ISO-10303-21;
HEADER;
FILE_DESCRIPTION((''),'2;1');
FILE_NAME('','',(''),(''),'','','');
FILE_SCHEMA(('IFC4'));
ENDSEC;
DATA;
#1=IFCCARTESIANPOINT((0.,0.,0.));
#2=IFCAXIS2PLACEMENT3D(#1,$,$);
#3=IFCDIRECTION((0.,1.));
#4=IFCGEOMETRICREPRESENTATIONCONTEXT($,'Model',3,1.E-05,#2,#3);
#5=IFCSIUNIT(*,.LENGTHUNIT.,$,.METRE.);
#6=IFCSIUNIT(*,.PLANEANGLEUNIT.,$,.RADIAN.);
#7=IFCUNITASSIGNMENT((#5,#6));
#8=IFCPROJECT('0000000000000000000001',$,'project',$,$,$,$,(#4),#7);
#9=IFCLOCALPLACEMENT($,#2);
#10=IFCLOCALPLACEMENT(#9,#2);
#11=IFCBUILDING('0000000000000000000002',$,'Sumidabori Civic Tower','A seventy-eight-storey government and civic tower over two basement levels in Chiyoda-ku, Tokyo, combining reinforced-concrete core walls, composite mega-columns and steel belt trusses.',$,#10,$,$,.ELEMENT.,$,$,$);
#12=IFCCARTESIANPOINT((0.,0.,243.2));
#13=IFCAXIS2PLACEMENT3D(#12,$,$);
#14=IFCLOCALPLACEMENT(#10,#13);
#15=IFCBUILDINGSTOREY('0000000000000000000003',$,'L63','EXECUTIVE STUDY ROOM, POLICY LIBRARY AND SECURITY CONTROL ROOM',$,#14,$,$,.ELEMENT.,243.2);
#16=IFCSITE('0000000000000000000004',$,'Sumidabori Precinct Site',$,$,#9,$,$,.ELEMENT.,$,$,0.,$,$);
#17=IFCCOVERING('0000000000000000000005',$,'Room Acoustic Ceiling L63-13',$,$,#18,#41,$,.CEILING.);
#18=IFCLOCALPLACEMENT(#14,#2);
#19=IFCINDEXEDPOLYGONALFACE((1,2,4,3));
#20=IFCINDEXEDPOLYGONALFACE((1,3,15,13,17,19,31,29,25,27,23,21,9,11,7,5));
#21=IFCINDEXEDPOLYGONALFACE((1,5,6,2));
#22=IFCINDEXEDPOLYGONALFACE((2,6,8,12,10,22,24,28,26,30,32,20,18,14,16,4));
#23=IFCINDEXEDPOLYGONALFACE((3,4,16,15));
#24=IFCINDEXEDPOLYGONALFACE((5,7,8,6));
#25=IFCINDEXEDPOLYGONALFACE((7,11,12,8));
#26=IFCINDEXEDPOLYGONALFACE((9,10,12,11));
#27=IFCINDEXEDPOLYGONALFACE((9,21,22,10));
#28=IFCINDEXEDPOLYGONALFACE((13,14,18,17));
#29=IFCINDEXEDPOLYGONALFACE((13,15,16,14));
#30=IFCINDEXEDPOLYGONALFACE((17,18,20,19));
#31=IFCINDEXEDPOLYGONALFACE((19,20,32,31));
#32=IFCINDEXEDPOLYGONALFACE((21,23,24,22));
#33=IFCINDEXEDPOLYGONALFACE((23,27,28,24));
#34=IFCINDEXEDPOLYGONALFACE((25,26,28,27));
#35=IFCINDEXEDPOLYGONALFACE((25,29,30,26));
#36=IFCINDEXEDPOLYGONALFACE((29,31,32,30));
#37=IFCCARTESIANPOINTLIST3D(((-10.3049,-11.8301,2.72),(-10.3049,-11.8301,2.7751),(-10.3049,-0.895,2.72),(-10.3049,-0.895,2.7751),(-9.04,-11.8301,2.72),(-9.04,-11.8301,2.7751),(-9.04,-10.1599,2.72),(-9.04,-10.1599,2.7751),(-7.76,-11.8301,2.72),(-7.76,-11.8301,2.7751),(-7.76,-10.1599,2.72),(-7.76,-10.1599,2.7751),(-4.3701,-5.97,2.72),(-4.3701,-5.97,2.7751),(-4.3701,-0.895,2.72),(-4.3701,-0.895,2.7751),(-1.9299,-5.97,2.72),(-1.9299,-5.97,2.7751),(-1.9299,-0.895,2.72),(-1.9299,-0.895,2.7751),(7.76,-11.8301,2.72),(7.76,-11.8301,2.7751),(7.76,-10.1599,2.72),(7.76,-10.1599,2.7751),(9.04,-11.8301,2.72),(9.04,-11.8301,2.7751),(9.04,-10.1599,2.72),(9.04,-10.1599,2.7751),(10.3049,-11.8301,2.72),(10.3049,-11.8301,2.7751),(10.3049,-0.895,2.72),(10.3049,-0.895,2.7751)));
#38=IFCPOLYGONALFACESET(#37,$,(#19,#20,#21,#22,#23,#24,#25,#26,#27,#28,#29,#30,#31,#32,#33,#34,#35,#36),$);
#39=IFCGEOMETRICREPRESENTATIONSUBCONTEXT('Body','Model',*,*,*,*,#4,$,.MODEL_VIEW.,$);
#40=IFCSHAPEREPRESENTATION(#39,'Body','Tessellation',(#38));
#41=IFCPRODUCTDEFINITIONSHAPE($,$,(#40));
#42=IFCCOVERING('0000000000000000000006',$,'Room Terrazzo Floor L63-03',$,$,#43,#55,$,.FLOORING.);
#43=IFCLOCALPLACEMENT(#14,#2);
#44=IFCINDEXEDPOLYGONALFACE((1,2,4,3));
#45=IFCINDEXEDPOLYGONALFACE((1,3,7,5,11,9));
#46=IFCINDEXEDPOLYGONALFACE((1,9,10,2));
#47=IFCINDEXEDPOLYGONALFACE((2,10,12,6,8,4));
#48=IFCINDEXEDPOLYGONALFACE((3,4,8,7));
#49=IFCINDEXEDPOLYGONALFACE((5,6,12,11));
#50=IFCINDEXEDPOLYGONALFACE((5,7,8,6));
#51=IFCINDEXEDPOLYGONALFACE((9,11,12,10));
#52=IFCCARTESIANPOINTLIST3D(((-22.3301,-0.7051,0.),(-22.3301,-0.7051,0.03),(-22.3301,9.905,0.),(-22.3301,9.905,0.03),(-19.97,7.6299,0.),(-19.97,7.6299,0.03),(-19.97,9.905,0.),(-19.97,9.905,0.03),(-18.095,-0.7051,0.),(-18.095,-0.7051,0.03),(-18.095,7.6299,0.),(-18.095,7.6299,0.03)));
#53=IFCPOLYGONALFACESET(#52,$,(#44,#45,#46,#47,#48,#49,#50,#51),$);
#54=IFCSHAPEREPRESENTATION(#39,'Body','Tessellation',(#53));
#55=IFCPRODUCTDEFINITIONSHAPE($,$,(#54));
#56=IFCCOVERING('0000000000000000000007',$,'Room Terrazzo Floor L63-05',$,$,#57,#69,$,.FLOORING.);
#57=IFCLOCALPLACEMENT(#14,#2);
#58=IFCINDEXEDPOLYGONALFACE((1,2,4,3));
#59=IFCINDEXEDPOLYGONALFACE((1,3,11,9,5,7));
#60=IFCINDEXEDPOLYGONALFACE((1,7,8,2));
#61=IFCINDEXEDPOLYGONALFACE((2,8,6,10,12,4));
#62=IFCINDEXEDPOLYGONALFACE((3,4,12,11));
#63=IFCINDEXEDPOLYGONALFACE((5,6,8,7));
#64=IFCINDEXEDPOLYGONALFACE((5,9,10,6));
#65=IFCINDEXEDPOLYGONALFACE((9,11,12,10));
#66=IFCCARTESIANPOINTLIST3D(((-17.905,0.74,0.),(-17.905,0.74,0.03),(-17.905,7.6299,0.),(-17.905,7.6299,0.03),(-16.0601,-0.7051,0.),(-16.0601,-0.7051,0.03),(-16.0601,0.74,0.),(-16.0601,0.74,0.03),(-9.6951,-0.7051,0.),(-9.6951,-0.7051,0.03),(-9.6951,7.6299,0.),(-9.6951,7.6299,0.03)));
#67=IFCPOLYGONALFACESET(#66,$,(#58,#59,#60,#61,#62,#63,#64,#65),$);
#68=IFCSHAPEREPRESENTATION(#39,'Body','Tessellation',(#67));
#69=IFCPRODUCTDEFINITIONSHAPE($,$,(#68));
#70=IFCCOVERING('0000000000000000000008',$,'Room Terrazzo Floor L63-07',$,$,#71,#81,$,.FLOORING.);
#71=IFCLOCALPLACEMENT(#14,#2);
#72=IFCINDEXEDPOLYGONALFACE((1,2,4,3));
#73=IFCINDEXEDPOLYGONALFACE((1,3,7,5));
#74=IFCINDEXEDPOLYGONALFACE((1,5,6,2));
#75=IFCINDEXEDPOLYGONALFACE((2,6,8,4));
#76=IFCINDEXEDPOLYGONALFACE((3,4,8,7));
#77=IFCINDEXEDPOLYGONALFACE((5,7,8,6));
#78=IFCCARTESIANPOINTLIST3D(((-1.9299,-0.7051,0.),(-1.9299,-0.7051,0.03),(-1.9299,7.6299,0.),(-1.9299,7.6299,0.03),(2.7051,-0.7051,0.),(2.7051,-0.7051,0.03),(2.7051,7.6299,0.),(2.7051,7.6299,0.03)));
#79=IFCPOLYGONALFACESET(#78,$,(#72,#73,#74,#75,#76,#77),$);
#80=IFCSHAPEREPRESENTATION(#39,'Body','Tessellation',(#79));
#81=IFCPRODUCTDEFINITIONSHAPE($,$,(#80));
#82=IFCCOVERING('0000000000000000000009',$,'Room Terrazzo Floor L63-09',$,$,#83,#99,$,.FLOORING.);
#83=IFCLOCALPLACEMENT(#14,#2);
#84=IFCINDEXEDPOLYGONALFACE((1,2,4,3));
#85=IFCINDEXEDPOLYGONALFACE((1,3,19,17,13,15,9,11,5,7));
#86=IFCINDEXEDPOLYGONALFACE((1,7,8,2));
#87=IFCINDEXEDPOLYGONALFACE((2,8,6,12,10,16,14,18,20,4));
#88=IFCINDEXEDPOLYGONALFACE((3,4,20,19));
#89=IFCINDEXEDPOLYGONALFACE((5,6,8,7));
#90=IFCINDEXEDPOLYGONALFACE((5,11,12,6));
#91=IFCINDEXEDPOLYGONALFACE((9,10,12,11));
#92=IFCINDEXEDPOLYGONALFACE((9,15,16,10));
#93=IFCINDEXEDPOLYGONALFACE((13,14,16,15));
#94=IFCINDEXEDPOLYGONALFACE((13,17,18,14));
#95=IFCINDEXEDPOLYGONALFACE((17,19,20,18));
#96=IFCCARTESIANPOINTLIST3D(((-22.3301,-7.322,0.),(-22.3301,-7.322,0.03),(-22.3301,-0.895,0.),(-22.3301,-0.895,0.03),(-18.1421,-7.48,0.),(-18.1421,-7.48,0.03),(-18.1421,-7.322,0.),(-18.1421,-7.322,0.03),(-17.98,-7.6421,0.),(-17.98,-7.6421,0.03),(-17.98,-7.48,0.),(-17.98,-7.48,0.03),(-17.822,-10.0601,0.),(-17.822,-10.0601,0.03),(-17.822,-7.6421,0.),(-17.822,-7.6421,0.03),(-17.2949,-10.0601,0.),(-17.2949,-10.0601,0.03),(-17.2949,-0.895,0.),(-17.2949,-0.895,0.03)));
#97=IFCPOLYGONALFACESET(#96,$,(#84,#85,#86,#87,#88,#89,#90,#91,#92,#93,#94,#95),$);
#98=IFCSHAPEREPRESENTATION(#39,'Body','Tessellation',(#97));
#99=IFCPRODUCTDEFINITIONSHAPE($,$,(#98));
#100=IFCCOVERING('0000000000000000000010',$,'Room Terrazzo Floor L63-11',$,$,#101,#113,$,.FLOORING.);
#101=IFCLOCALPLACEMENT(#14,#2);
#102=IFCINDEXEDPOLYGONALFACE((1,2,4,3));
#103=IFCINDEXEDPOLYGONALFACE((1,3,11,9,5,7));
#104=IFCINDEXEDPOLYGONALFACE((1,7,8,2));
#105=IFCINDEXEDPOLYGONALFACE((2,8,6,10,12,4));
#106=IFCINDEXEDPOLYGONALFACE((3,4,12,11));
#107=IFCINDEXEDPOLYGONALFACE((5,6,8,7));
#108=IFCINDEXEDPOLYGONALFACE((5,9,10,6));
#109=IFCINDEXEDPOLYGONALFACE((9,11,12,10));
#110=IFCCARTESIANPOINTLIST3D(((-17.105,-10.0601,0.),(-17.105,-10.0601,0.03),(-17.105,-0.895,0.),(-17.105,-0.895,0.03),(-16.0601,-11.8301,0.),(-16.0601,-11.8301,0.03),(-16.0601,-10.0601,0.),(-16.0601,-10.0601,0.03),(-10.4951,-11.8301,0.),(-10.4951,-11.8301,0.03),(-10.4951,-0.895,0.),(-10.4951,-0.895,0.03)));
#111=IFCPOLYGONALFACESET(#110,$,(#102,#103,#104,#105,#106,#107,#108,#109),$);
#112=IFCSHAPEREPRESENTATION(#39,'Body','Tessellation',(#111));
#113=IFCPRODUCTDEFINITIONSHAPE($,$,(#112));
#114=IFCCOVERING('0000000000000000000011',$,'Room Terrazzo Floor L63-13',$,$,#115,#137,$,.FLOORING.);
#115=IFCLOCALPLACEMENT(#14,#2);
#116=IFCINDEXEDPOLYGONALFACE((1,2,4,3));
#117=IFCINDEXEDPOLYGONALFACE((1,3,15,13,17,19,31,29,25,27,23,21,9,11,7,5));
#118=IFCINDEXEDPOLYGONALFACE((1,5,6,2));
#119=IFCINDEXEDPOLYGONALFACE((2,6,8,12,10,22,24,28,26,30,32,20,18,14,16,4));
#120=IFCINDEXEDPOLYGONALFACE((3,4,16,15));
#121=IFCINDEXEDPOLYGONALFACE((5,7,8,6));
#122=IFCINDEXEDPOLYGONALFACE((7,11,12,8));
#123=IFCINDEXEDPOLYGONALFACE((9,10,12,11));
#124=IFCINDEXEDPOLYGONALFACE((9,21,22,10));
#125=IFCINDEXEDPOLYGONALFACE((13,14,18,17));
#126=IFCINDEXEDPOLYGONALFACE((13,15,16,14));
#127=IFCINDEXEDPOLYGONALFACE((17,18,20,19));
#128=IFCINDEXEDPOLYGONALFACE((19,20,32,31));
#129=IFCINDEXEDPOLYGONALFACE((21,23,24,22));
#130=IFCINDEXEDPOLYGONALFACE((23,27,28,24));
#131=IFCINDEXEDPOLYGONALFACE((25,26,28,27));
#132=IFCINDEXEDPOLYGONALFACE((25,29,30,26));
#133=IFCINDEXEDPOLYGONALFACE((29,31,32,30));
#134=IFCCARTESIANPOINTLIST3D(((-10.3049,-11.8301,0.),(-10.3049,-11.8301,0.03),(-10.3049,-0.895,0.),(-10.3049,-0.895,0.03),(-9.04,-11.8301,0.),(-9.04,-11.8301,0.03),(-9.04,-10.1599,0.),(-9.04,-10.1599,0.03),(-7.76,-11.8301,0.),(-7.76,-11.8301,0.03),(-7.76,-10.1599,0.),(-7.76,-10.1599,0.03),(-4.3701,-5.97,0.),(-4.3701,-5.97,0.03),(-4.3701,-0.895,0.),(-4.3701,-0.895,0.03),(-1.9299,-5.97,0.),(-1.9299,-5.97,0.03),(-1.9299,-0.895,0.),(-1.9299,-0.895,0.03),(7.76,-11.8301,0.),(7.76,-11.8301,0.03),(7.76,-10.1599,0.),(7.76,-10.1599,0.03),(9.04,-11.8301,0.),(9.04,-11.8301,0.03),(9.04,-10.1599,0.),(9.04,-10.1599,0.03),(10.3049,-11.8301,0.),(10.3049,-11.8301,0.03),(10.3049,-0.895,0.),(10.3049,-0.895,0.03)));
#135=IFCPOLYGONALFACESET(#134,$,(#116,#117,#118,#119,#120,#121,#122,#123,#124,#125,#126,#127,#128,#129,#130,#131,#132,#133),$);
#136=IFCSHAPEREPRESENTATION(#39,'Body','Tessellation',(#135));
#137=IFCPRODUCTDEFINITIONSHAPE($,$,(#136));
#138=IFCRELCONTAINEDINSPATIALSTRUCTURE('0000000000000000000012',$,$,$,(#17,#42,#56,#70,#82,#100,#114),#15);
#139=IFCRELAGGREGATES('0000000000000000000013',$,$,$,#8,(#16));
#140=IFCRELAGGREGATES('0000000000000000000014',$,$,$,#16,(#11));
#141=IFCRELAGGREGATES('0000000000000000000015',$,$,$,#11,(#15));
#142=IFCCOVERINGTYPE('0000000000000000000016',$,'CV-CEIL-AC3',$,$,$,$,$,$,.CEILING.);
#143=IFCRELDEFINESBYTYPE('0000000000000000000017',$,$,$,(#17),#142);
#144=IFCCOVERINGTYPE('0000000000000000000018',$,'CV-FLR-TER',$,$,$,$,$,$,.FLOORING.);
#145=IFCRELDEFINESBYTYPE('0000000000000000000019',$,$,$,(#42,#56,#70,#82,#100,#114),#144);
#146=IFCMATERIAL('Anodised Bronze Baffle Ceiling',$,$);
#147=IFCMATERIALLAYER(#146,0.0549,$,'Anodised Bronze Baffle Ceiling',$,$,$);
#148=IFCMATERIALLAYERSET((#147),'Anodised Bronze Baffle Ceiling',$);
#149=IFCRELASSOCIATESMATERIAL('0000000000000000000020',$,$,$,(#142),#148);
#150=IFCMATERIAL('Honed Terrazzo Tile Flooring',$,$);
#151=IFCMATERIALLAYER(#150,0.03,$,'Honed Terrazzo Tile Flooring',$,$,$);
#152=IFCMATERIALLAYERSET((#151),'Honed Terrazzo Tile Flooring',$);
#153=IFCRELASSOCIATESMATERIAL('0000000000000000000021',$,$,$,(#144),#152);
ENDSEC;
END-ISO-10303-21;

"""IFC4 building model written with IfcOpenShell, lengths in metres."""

from ifc_helpers import new_model, si_unit, direction, frame, origin, place, context, subcontext, project, spatial, polyline, outline, extrude, material, layer, layer_set, type_object, element, save


model = new_model("IFC4")

# Units and contexts
model_context = context("Model", 3, precision=1e-05, world=origin(), true_north=direction((0.0, 1.0)))
body_context = subcontext(model_context, "Body", "Model", "MODEL_VIEW")
ifc_project = project(units=[si_unit("LENGTHUNIT", "METRE"), si_unit("PLANEANGLEUNIT", "RADIAN")], contexts=[model_context])

# Site, building, storey
site_placement = place(None, origin())
site = spatial("IfcSite", under=ifc_project, at=site_placement, Name="Sumidabori Precinct Site", CompositionType="ELEMENT", RefElevation=0.0)
building_placement = place(site_placement, origin())
building = spatial("IfcBuilding", under=site, at=building_placement, Name="Sumidabori Civic Tower", Description="A seventy-eight-storey government and civic tower over two basement levels in Chiyoda-ku, Tokyo, combining reinforced-concrete core walls, composite mega-columns and steel belt trusses.", CompositionType="ELEMENT")
storey_placement = place(building_placement, frame((0.0, 0.0, 243.2)))
storey = spatial("IfcBuildingStorey", under=building, at=storey_placement, Name="L63", Description="EXECUTIVE STUDY ROOM, POLICY LIBRARY AND SECURITY CONTROL ROOM", CompositionType="ELEMENT", Elevation=243.2)

# Coverings
ifc_material_1 = material(Name="Anodised Bronze Baffle Ceiling")
ifc_layer_1 = layer(ifc_material_1, 0.0549, Name="Anodised Bronze Baffle Ceiling")
ifc_layer_set_1 = layer_set([ifc_layer_1], Name="Anodised Bronze Baffle Ceiling")
covering_type_1 = type_object("IfcCoveringType", Name="CV-CEIL-AC3", PredefinedType="CEILING", material=ifc_layer_set_1)
covering_1_placement = place(storey_placement, frame((0.0, 0.0, 2.72)))
element("IfcCovering", 1, at=covering_1_placement, inside=storey, type_object=covering_type_1, Name="Room Acoustic Ceiling L63-13", PredefinedType="CEILING", context=body_context, shape_type="SweptSolid", body=[
    extrude(outline(polyline([(-4.3701, -5.97), (-1.9299, -5.97), (-1.9299, -0.895), (10.3049, -0.895), (10.3049, -11.8301), (9.04, -11.8301), (9.04, -10.1599), (7.76, -10.1599), (7.76, -11.8301), (-7.76, -11.8301), (-7.76, -10.1599), (-9.04, -10.1599), (-9.04, -11.8301), (-10.3049, -11.8301), (-10.3049, -0.895), (-4.3701, -0.895), (-4.3701, -5.97)])), origin(), (0.0, 0.0, 1.0), 0.0552),
])
ifc_material_2 = material(Name="Honed Terrazzo Tile Flooring")
ifc_layer_2 = layer(ifc_material_2, 0.03, Name="Honed Terrazzo Tile Flooring")
ifc_layer_set_2 = layer_set([ifc_layer_2], Name="Honed Terrazzo Tile Flooring")
covering_type_2 = type_object("IfcCoveringType", Name="CV-FLR-TER", PredefinedType="FLOORING", material=ifc_layer_set_2)
covering_2_placement = place(storey_placement, origin())
element("IfcCovering", 2, at=covering_2_placement, inside=storey, type_object=covering_type_2, Name="Room Terrazzo Floor L63-03", PredefinedType="FLOORING", context=body_context, shape_type="SweptSolid", body=[
    extrude(outline(polyline([(-19.97, 7.6299), (-18.095, 7.6299), (-18.095, -0.7051), (-22.3301, -0.7051), (-22.3301, 9.905), (-19.97, 9.905), (-19.97, 7.6299)])), origin(), (0.0, 0.0, 1.0), 0.03),
])
covering_3_placement = place(storey_placement, origin())
element("IfcCovering", 3, at=covering_3_placement, inside=storey, type_object=covering_type_2, Name="Room Terrazzo Floor L63-05", PredefinedType="FLOORING", context=body_context, shape_type="SweptSolid", body=[
    extrude(outline(polyline([(-17.905, 7.6299), (-9.6951, 7.6299), (-9.6951, -0.7051), (-16.0601, -0.7051), (-16.0601, 0.74), (-17.905, 0.74), (-17.905, 7.6299)])), origin(), (0.0, 0.0, 1.0), 0.03),
])
covering_4_placement = place(storey_placement, origin())
element("IfcCovering", 4, at=covering_4_placement, inside=storey, type_object=covering_type_2, Name="Room Terrazzo Floor L63-07", PredefinedType="FLOORING", context=body_context, shape_type="SweptSolid", body=[
    extrude(outline(polyline([(-1.9299, 7.6299), (2.7051, 7.6299), (2.7051, -0.7051), (-1.9299, -0.7051), (-1.9299, 7.6299)])), origin(), (0.0, 0.0, 1.0), 0.03),
])
covering_5_placement = place(storey_placement, origin())
element("IfcCovering", 5, at=covering_5_placement, inside=storey, type_object=covering_type_2, Name="Room Terrazzo Floor L63-09", PredefinedType="FLOORING", context=body_context, shape_type="SweptSolid", body=[
    extrude(outline(polyline([(-22.3301, -7.322), (-22.3301, -0.895), (-17.2949, -0.895), (-17.2949, -10.0601), (-17.822, -10.0601), (-17.822, -7.6421), (-17.98, -7.6421), (-17.98, -7.48), (-18.1421, -7.48), (-18.1421, -7.322), (-22.3301, -7.322)])), origin(), (0.0, 0.0, 1.0), 0.03),
])
covering_6_placement = place(storey_placement, origin())
element("IfcCovering", 6, at=covering_6_placement, inside=storey, type_object=covering_type_2, Name="Room Terrazzo Floor L63-11", PredefinedType="FLOORING", context=body_context, shape_type="SweptSolid", body=[
    extrude(outline(polyline([(-16.0601, -10.0601), (-17.105, -10.0601), (-17.105, -0.895), (-10.4951, -0.895), (-10.4951, -11.8301), (-16.0601, -11.8301), (-16.0601, -10.0601)])), origin(), (0.0, 0.0, 1.0), 0.03),
])
covering_7_placement = place(storey_placement, origin())
element("IfcCovering", 7, at=covering_7_placement, inside=storey, type_object=covering_type_2, Name="Room Terrazzo Floor L63-13", PredefinedType="FLOORING", context=body_context, shape_type="SweptSolid", body=[
    extrude(outline(polyline([(-4.3701, -5.97), (-1.9299, -5.97), (-1.9299, -0.895), (10.3049, -0.895), (10.3049, -11.8301), (9.04, -11.8301), (9.04, -10.1599), (7.76, -10.1599), (7.76, -11.8301), (-7.76, -11.8301), (-7.76, -10.1599), (-9.04, -10.1599), (-9.04, -11.8301), (-10.3049, -11.8301), (-10.3049, -0.895), (-4.3701, -0.895), (-4.3701, -5.97)])), origin(), (0.0, 0.0, 1.0), 0.03),
])

save(model, "model.ifc")
